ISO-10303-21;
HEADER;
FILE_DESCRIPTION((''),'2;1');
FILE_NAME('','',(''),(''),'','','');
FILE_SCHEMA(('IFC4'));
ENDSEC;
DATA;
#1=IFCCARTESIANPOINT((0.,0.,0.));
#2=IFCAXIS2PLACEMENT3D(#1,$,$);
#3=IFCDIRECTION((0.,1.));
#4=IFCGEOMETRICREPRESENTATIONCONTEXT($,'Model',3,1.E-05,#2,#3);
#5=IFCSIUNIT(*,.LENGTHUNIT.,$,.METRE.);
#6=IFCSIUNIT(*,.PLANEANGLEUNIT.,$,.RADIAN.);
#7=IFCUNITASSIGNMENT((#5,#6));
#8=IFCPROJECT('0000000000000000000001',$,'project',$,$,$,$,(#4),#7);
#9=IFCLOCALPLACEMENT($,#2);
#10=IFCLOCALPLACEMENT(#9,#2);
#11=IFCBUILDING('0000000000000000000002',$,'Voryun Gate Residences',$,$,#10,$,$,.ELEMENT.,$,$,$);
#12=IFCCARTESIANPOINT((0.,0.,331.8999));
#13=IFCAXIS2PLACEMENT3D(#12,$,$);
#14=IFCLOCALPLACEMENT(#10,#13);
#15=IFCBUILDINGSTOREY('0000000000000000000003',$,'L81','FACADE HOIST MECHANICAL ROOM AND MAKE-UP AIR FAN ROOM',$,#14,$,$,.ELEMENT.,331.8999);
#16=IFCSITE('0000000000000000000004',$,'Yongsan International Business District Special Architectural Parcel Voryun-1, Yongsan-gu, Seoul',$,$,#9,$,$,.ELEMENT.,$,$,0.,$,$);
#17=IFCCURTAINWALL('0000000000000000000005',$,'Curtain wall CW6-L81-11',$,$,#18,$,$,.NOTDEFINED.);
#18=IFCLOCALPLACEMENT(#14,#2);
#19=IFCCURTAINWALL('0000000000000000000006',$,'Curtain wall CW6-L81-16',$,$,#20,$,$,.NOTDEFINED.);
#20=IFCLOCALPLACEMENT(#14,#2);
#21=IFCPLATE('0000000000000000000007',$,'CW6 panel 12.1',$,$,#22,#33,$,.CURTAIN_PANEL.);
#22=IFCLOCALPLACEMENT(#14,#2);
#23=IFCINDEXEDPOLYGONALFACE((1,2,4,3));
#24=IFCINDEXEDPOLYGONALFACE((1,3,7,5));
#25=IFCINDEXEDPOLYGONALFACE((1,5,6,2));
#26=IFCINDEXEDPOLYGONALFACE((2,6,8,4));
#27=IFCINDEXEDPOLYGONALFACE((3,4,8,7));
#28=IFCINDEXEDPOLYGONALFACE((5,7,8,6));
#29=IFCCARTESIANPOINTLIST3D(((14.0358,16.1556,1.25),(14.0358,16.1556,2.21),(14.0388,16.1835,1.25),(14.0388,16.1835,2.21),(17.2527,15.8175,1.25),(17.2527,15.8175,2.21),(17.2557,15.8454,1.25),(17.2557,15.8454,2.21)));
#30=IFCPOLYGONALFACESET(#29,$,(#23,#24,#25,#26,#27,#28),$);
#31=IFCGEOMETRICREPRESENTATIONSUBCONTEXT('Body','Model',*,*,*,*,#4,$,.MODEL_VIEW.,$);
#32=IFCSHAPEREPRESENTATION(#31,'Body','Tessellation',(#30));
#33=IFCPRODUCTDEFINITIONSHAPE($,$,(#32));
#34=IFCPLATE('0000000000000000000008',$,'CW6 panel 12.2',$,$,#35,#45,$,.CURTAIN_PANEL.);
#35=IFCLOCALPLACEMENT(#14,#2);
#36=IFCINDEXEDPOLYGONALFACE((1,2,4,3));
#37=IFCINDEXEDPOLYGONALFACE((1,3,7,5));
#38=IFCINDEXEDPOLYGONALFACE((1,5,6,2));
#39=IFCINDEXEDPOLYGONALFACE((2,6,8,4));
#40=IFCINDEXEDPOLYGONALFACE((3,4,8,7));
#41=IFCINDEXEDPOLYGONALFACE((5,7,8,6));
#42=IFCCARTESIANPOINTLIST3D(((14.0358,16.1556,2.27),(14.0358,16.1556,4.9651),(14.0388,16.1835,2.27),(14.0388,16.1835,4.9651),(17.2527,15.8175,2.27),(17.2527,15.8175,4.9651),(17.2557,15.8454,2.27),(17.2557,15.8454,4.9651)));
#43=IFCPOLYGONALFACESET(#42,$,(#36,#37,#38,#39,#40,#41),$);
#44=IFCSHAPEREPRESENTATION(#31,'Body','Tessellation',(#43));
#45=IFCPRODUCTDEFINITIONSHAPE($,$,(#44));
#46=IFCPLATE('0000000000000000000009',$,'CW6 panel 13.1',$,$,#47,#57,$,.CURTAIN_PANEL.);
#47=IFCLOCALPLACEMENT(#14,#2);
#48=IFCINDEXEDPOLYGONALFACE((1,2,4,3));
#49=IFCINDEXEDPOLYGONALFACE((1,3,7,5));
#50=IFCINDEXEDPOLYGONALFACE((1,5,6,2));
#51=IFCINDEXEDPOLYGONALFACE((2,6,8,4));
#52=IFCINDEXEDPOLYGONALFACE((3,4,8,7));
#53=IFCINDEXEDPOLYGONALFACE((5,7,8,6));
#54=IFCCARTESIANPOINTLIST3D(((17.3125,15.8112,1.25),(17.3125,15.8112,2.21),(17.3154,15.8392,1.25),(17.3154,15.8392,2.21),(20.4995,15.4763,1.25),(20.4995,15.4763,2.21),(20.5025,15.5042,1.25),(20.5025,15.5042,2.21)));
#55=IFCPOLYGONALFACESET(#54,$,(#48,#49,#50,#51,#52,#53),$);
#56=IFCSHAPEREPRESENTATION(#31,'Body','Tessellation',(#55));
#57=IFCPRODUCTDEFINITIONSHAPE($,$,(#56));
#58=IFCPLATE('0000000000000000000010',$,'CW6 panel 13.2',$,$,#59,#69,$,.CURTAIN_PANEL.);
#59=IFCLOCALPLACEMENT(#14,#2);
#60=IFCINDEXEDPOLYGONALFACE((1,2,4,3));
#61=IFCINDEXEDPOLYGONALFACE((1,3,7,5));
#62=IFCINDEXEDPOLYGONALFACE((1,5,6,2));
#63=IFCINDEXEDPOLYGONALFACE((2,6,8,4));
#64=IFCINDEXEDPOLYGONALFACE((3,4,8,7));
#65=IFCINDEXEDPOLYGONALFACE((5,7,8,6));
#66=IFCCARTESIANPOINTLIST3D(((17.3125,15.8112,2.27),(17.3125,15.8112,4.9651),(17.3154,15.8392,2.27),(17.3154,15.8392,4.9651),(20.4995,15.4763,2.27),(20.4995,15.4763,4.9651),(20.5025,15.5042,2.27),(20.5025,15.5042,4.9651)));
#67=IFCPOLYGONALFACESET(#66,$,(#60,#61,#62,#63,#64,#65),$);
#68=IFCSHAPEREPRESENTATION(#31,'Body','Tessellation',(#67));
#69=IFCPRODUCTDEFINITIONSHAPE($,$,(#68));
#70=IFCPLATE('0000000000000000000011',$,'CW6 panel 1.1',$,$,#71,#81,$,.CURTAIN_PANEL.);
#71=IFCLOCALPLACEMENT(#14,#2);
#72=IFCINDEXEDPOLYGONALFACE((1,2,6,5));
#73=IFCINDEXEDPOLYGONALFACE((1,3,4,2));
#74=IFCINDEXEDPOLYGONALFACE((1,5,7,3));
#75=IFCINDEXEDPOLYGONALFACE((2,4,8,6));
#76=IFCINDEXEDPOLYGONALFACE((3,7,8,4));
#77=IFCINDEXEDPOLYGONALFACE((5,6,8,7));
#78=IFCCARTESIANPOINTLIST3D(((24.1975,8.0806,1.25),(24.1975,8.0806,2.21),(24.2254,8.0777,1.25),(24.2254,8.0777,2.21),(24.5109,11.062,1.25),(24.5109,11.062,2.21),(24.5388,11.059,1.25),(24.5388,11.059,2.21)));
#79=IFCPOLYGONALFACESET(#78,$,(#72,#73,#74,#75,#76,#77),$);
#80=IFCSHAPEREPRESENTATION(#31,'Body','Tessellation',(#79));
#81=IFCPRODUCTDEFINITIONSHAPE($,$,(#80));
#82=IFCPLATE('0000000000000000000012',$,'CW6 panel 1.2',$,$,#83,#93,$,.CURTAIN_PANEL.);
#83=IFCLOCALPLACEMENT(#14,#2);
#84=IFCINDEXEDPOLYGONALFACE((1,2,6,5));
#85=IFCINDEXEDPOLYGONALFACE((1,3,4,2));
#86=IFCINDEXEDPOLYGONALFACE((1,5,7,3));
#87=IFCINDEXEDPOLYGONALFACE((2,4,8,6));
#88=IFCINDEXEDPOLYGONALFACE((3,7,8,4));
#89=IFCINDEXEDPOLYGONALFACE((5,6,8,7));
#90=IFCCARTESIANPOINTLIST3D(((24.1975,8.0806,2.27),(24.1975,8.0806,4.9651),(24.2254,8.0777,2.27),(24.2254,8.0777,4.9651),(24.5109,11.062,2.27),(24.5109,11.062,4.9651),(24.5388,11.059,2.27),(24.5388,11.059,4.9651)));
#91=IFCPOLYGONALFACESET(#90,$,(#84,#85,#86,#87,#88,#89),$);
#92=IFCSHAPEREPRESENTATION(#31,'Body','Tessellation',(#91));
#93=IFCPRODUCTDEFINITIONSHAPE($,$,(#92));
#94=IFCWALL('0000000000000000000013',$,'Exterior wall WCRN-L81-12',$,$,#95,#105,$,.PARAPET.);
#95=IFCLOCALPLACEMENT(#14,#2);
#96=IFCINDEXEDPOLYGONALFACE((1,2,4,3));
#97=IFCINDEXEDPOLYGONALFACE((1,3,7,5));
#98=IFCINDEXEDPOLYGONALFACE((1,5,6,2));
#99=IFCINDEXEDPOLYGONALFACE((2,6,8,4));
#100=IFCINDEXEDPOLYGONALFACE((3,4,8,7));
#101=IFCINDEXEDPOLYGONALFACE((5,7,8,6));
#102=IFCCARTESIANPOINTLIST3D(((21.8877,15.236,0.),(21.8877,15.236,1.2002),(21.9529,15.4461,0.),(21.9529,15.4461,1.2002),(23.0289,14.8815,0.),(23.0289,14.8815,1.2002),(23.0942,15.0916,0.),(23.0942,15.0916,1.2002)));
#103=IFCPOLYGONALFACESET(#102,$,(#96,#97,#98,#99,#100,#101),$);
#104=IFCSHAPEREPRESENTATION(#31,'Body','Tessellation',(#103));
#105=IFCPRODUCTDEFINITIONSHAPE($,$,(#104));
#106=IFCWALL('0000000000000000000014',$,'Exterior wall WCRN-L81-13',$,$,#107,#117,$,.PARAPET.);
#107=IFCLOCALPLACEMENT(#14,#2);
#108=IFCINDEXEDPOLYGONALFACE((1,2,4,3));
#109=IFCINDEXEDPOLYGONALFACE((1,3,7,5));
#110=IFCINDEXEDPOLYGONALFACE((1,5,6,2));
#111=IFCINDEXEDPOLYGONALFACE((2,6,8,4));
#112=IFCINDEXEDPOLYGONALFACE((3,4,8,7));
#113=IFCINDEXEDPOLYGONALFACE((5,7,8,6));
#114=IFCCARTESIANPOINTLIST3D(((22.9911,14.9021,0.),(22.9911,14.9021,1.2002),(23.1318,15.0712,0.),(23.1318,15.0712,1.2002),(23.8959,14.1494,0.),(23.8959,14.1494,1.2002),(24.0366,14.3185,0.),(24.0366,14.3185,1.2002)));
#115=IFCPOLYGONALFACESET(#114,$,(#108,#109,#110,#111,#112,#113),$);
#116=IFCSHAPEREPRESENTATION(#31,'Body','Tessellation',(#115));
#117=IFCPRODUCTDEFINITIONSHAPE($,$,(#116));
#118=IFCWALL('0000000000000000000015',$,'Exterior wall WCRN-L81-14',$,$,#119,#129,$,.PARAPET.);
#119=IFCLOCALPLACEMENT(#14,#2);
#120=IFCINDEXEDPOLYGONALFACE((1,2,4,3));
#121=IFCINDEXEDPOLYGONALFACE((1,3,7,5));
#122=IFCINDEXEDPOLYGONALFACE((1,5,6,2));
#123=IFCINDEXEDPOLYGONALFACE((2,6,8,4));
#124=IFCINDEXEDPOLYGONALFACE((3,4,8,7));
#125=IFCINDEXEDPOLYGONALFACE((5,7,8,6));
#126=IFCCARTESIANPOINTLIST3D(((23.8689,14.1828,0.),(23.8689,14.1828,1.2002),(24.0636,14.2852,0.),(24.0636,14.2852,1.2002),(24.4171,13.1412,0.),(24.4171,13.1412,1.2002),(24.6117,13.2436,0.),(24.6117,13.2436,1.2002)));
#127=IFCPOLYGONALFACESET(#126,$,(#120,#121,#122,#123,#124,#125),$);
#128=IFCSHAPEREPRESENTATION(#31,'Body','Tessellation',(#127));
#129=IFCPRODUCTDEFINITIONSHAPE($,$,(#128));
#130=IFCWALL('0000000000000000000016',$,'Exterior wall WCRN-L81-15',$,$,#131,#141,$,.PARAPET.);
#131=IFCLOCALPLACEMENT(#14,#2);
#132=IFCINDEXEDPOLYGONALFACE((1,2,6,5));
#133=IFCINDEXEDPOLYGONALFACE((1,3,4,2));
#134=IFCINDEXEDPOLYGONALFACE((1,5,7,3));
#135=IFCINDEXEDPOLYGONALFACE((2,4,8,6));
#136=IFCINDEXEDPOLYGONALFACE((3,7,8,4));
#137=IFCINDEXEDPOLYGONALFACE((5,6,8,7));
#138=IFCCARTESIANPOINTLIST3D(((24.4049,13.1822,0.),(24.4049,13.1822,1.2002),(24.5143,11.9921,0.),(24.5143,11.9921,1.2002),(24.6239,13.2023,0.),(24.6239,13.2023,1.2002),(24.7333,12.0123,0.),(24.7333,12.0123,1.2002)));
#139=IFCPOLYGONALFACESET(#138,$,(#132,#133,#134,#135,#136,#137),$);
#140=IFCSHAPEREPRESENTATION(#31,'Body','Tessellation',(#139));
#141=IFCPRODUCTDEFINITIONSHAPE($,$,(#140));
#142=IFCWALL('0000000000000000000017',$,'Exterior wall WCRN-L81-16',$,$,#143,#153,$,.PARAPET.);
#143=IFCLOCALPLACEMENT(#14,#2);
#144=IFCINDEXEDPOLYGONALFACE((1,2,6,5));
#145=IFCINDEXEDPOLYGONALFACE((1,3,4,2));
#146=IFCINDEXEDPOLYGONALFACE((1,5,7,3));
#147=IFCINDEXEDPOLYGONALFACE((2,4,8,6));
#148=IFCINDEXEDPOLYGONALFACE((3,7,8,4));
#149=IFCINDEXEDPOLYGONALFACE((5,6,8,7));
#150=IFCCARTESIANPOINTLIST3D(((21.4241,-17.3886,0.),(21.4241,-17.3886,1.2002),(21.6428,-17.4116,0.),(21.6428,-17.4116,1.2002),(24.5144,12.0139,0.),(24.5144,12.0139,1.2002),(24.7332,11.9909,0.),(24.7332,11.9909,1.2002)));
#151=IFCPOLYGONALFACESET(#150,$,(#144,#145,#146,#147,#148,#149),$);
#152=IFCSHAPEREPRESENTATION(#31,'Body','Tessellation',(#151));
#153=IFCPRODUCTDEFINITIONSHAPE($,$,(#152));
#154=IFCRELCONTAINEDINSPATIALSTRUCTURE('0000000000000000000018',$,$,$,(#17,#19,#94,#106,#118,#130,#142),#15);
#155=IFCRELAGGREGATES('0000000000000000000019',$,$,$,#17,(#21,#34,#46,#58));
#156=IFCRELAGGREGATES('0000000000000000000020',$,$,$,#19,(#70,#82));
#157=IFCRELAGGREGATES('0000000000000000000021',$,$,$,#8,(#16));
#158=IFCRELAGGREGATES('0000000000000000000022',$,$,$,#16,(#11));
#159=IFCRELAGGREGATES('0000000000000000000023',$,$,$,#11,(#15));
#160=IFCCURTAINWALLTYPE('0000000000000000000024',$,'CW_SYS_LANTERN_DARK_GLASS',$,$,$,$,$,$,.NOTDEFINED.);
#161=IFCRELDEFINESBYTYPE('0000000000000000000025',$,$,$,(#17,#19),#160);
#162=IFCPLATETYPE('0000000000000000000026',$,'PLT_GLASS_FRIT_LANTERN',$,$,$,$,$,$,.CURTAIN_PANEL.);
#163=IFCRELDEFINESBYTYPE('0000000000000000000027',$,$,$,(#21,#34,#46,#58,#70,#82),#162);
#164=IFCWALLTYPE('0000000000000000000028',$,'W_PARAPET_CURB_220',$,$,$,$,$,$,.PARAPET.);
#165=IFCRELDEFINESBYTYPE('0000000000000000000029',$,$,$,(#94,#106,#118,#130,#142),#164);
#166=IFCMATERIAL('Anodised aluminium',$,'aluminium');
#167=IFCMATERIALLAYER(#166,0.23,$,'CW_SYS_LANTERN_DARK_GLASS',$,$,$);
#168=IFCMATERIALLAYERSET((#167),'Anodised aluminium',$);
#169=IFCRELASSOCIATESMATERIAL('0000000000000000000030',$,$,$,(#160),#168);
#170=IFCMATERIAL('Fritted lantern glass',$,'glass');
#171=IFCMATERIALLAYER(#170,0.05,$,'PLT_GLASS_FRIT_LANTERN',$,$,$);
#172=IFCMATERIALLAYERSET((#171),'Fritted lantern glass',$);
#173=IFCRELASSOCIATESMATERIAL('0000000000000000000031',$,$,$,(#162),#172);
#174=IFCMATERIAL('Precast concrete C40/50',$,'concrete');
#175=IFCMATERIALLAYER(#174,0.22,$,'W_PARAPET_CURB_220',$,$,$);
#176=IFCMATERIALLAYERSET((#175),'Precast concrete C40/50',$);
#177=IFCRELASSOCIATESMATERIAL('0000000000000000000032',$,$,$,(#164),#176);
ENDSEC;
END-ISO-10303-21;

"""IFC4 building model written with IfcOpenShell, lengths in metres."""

from ifc_helpers import new_model, si_unit, direction, frame, frame_2d, origin, origin_2d, place, context, subcontext, project, spatial, rectangle, extrude, material, layer, layer_set, type_object, element, aggregate, save


model = new_model("IFC4")

# Units and contexts
model_context = context("Model", 3, precision=1e-05, world=origin(), true_north=direction((0.0, 1.0)))
body_context = subcontext(model_context, "Body", "Model", "MODEL_VIEW")
ifc_project = project(units=[si_unit("LENGTHUNIT", "METRE"), si_unit("PLANEANGLEUNIT", "RADIAN")], contexts=[model_context])

# Site, building, storey
site_placement = place(None, origin())
site = spatial("IfcSite", under=ifc_project, at=site_placement, Name="Yongsan International Business District Special Architectural Parcel Voryun-1, Yongsan-gu, Seoul", CompositionType="ELEMENT", RefElevation=0.0)
building_placement = place(site_placement, origin())
building = spatial("IfcBuilding", under=site, at=building_placement, Name="Voryun Gate Residences", CompositionType="ELEMENT")
storey_placement = place(building_placement, frame((0.0, 0.0, 331.8999)))
storey = spatial("IfcBuildingStorey", under=building, at=storey_placement, Name="L81", Description="FACADE HOIST MECHANICAL ROOM AND MAKE-UP AIR FAN ROOM", CompositionType="ELEMENT", Elevation=331.8999)

# Curtain walls
ifc_material_1 = material(Name="Anodised aluminium", Category="aluminium")
ifc_layer_1 = layer(ifc_material_1, 0.23, Name="CW_SYS_LANTERN_DARK_GLASS")
ifc_layer_set_1 = layer_set([ifc_layer_1], Name="Anodised aluminium")
curtain_wall_type = type_object("IfcCurtainWallType", Name="CW_SYS_LANTERN_DARK_GLASS", PredefinedType="NOTDEFINED", material=ifc_layer_set_1)
curtain_wall_1_placement = place(storey_placement, origin())
curtain_wall_1 = element("IfcCurtainWall", 1, at=curtain_wall_1_placement, inside=storey, type_object=curtain_wall_type, Name="Curtain wall CW6-L81-11", PredefinedType="NOTDEFINED")
curtain_wall_2_placement = place(storey_placement, origin())
curtain_wall_2 = element("IfcCurtainWall", 2, at=curtain_wall_2_placement, inside=storey, type_object=curtain_wall_type, Name="Curtain wall CW6-L81-16", PredefinedType="NOTDEFINED")

# Plates
ifc_material_2 = material(Name="Fritted lantern glass", Category="glass")
ifc_layer_2 = layer(ifc_material_2, 0.05, Name="PLT_GLASS_FRIT_LANTERN")
ifc_layer_set_2 = layer_set([ifc_layer_2], Name="Fritted lantern glass")
plate_type_1 = type_object("IfcPlateType", Name="PLT_GLASS_FRIT_LANTERN", PredefinedType="CURTAIN_PANEL", material=ifc_layer_set_2)
plate_1_placement = place(storey_placement, frame((15.6458, 16.0005, 1.25), z_axis=(0.0, 0.0, 1.0), x_axis=(0.994522, -0.104528, 0.0)))
plate_1 = element("IfcPlate", 3, at=plate_1_placement, type_object=plate_type_1, Name="CW6 panel 12.1", PredefinedType="CURTAIN_PANEL", context=body_context, shape_type="SweptSolid", body=[
    extrude(rectangle(XDim=3.2346, YDim=0.0281, at=origin_2d()), origin(), (0.0, 0.0, 1.0), 0.96),
])
plate_2_placement = place(storey_placement, frame((15.6458, 16.0005, 2.27), z_axis=(0.0, 0.0, 1.0), x_axis=(0.994522, -0.104528, 0.0)))
plate_2 = element("IfcPlate", 4, at=plate_2_placement, type_object=plate_type_1, Name="CW6 panel 12.2", PredefinedType="CURTAIN_PANEL", context=body_context, shape_type="SweptSolid", body=[
    extrude(rectangle(XDim=3.2346, YDim=0.0281, at=origin_2d()), origin(), (0.0, 0.0, 1.0), 2.6951),
])
plate_3_placement = place(storey_placement, frame((18.9075, 15.6577, 1.25), z_axis=(0.0, 0.0, 1.0), x_axis=(0.994522, -0.104528, 0.0)))
plate_3 = element("IfcPlate", 5, at=plate_3_placement, type_object=plate_type_1, Name="CW6 panel 13.1", PredefinedType="CURTAIN_PANEL", context=body_context, shape_type="SweptSolid", body=[
    extrude(rectangle(XDim=3.2046, YDim=0.0281, at=origin_2d()), origin(), (0.0, 0.0, 1.0), 0.96),
])
plate_4_placement = place(storey_placement, frame((18.9075, 15.6577, 2.27), z_axis=(0.0, 0.0, 1.0), x_axis=(0.994522, -0.104528, 0.0)))
plate_4 = element("IfcPlate", 6, at=plate_4_placement, type_object=plate_type_1, Name="CW6 panel 13.2", PredefinedType="CURTAIN_PANEL", context=body_context, shape_type="SweptSolid", body=[
    extrude(rectangle(XDim=3.2046, YDim=0.0281, at=origin_2d()), origin(), (0.0, 0.0, 1.0), 2.6951),
])
aggregate(curtain_wall_1, [plate_1, plate_2, plate_3, plate_4])
plate_5_placement = place(storey_placement, frame((24.3682, 9.5698, 1.25), z_axis=(0.0, 0.0, 1.0), x_axis=(-0.104528, -0.994522, 0.0)))
plate_5 = element("IfcPlate", 7, at=plate_5_placement, type_object=plate_type_1, Name="CW6 panel 1.1", PredefinedType="CURTAIN_PANEL", context=body_context, shape_type="SweptSolid", body=[
    extrude(rectangle(XDim=2.9978, YDim=0.0281, at=origin_2d()), origin(), (0.0, 0.0, 1.0), 0.96),
])
plate_6_placement = place(storey_placement, frame((24.3682, 9.5698, 2.27), z_axis=(0.0, 0.0, 1.0), x_axis=(-0.104528, -0.994522, 0.0)))
plate_6 = element("IfcPlate", 8, at=plate_6_placement, type_object=plate_type_1, Name="CW6 panel 1.2", PredefinedType="CURTAIN_PANEL", context=body_context, shape_type="SweptSolid", body=[
    extrude(rectangle(XDim=2.9978, YDim=0.0281, at=origin_2d()), origin(), (0.0, 0.0, 1.0), 2.6951),
])
aggregate(curtain_wall_2, [plate_5, plate_6])

# Walls
ifc_material_3 = material(Name="Precast concrete C40/50", Category="concrete")
ifc_layer_3 = layer(ifc_material_3, 0.22, Name="W_PARAPET_CURB_220")
ifc_layer_set_3 = layer_set([ifc_layer_3], Name="Precast concrete C40/50")
wall_type = type_object("IfcWallType", Name="W_PARAPET_CURB_220", PredefinedType="PARAPET", material=ifc_layer_set_3)
wall_1_placement = place(storey_placement, frame((21.9202, 15.3411, 0.0), z_axis=(0.0, 0.0, 1.0), x_axis=(0.954998, -0.296611, 0.0)))
element("IfcWall", 9, at=wall_1_placement, inside=storey, type_object=wall_type, Name="Exterior wall WCRN-L81-12", PredefinedType="PARAPET", context=body_context, shape_type="SweptSolid", body=[
    extrude(rectangle(XDim=1.1951, YDim=0.22, at=frame_2d((0.5977, 0.0))), origin(), (0.0, 0.0, 1.0), 1.2002),
])
for number, where, z_axis, x_axis, name in (
    (10, (23.0615, 14.9866, 0.0), (0.0, 0.0, 1.0), (0.768765, -0.639531, 0.0), "Exterior wall WCRN-L81-13"),
    (11, (23.9663, 14.2339, 0.0), (0.0, 0.0, 1.0), (0.465704, -0.884941, 0.0), "Exterior wall WCRN-L81-14"),
):
    element("IfcWall", number, at=place(storey_placement, frame(where, z_axis=z_axis, x_axis=x_axis)), inside=storey, type_object=wall_type, Name=name, PredefinedType="PARAPET", context=body_context, shape_type="SweptSolid", body=[
        extrude(rectangle(XDim=1.177, YDim=0.22, at=frame_2d((0.5884, 0.0))), origin(), (0.0, 0.0, 1.0), 1.2002),
    ])
wall_2_placement = place(storey_placement, frame((24.5144, 13.1924, 0.0), z_axis=(0.0, 0.0, 1.0), x_axis=(0.09153, -0.995802, 0.0)))
element("IfcWall", 12, at=wall_2_placement, inside=storey, type_object=wall_type, Name="Exterior wall WCRN-L81-15", PredefinedType="PARAPET", context=body_context, shape_type="SweptSolid", body=[
    extrude(rectangle(XDim=1.1951, YDim=0.22, at=frame_2d((0.5977, 0.0))), origin(), (0.0, 0.0, 1.0), 1.2002),
])
wall_3_placement = place(storey_placement, frame((24.6238, 12.0024, 0.0), z_axis=(0.0, 0.0, 1.0), x_axis=(-0.104528, -0.994522, 0.0)))
element("IfcWall", 13, at=wall_3_placement, inside=storey, type_object=wall_type, Name="Exterior wall WCRN-L81-16", PredefinedType="PARAPET", context=body_context, shape_type="SweptSolid", body=[
    extrude(rectangle(XDim=29.5645, YDim=0.22, at=frame_2d((14.7822, 0.0))), origin(), (0.0, 0.0, 1.0), 1.2002),
])

save(model, "model.ifc")
